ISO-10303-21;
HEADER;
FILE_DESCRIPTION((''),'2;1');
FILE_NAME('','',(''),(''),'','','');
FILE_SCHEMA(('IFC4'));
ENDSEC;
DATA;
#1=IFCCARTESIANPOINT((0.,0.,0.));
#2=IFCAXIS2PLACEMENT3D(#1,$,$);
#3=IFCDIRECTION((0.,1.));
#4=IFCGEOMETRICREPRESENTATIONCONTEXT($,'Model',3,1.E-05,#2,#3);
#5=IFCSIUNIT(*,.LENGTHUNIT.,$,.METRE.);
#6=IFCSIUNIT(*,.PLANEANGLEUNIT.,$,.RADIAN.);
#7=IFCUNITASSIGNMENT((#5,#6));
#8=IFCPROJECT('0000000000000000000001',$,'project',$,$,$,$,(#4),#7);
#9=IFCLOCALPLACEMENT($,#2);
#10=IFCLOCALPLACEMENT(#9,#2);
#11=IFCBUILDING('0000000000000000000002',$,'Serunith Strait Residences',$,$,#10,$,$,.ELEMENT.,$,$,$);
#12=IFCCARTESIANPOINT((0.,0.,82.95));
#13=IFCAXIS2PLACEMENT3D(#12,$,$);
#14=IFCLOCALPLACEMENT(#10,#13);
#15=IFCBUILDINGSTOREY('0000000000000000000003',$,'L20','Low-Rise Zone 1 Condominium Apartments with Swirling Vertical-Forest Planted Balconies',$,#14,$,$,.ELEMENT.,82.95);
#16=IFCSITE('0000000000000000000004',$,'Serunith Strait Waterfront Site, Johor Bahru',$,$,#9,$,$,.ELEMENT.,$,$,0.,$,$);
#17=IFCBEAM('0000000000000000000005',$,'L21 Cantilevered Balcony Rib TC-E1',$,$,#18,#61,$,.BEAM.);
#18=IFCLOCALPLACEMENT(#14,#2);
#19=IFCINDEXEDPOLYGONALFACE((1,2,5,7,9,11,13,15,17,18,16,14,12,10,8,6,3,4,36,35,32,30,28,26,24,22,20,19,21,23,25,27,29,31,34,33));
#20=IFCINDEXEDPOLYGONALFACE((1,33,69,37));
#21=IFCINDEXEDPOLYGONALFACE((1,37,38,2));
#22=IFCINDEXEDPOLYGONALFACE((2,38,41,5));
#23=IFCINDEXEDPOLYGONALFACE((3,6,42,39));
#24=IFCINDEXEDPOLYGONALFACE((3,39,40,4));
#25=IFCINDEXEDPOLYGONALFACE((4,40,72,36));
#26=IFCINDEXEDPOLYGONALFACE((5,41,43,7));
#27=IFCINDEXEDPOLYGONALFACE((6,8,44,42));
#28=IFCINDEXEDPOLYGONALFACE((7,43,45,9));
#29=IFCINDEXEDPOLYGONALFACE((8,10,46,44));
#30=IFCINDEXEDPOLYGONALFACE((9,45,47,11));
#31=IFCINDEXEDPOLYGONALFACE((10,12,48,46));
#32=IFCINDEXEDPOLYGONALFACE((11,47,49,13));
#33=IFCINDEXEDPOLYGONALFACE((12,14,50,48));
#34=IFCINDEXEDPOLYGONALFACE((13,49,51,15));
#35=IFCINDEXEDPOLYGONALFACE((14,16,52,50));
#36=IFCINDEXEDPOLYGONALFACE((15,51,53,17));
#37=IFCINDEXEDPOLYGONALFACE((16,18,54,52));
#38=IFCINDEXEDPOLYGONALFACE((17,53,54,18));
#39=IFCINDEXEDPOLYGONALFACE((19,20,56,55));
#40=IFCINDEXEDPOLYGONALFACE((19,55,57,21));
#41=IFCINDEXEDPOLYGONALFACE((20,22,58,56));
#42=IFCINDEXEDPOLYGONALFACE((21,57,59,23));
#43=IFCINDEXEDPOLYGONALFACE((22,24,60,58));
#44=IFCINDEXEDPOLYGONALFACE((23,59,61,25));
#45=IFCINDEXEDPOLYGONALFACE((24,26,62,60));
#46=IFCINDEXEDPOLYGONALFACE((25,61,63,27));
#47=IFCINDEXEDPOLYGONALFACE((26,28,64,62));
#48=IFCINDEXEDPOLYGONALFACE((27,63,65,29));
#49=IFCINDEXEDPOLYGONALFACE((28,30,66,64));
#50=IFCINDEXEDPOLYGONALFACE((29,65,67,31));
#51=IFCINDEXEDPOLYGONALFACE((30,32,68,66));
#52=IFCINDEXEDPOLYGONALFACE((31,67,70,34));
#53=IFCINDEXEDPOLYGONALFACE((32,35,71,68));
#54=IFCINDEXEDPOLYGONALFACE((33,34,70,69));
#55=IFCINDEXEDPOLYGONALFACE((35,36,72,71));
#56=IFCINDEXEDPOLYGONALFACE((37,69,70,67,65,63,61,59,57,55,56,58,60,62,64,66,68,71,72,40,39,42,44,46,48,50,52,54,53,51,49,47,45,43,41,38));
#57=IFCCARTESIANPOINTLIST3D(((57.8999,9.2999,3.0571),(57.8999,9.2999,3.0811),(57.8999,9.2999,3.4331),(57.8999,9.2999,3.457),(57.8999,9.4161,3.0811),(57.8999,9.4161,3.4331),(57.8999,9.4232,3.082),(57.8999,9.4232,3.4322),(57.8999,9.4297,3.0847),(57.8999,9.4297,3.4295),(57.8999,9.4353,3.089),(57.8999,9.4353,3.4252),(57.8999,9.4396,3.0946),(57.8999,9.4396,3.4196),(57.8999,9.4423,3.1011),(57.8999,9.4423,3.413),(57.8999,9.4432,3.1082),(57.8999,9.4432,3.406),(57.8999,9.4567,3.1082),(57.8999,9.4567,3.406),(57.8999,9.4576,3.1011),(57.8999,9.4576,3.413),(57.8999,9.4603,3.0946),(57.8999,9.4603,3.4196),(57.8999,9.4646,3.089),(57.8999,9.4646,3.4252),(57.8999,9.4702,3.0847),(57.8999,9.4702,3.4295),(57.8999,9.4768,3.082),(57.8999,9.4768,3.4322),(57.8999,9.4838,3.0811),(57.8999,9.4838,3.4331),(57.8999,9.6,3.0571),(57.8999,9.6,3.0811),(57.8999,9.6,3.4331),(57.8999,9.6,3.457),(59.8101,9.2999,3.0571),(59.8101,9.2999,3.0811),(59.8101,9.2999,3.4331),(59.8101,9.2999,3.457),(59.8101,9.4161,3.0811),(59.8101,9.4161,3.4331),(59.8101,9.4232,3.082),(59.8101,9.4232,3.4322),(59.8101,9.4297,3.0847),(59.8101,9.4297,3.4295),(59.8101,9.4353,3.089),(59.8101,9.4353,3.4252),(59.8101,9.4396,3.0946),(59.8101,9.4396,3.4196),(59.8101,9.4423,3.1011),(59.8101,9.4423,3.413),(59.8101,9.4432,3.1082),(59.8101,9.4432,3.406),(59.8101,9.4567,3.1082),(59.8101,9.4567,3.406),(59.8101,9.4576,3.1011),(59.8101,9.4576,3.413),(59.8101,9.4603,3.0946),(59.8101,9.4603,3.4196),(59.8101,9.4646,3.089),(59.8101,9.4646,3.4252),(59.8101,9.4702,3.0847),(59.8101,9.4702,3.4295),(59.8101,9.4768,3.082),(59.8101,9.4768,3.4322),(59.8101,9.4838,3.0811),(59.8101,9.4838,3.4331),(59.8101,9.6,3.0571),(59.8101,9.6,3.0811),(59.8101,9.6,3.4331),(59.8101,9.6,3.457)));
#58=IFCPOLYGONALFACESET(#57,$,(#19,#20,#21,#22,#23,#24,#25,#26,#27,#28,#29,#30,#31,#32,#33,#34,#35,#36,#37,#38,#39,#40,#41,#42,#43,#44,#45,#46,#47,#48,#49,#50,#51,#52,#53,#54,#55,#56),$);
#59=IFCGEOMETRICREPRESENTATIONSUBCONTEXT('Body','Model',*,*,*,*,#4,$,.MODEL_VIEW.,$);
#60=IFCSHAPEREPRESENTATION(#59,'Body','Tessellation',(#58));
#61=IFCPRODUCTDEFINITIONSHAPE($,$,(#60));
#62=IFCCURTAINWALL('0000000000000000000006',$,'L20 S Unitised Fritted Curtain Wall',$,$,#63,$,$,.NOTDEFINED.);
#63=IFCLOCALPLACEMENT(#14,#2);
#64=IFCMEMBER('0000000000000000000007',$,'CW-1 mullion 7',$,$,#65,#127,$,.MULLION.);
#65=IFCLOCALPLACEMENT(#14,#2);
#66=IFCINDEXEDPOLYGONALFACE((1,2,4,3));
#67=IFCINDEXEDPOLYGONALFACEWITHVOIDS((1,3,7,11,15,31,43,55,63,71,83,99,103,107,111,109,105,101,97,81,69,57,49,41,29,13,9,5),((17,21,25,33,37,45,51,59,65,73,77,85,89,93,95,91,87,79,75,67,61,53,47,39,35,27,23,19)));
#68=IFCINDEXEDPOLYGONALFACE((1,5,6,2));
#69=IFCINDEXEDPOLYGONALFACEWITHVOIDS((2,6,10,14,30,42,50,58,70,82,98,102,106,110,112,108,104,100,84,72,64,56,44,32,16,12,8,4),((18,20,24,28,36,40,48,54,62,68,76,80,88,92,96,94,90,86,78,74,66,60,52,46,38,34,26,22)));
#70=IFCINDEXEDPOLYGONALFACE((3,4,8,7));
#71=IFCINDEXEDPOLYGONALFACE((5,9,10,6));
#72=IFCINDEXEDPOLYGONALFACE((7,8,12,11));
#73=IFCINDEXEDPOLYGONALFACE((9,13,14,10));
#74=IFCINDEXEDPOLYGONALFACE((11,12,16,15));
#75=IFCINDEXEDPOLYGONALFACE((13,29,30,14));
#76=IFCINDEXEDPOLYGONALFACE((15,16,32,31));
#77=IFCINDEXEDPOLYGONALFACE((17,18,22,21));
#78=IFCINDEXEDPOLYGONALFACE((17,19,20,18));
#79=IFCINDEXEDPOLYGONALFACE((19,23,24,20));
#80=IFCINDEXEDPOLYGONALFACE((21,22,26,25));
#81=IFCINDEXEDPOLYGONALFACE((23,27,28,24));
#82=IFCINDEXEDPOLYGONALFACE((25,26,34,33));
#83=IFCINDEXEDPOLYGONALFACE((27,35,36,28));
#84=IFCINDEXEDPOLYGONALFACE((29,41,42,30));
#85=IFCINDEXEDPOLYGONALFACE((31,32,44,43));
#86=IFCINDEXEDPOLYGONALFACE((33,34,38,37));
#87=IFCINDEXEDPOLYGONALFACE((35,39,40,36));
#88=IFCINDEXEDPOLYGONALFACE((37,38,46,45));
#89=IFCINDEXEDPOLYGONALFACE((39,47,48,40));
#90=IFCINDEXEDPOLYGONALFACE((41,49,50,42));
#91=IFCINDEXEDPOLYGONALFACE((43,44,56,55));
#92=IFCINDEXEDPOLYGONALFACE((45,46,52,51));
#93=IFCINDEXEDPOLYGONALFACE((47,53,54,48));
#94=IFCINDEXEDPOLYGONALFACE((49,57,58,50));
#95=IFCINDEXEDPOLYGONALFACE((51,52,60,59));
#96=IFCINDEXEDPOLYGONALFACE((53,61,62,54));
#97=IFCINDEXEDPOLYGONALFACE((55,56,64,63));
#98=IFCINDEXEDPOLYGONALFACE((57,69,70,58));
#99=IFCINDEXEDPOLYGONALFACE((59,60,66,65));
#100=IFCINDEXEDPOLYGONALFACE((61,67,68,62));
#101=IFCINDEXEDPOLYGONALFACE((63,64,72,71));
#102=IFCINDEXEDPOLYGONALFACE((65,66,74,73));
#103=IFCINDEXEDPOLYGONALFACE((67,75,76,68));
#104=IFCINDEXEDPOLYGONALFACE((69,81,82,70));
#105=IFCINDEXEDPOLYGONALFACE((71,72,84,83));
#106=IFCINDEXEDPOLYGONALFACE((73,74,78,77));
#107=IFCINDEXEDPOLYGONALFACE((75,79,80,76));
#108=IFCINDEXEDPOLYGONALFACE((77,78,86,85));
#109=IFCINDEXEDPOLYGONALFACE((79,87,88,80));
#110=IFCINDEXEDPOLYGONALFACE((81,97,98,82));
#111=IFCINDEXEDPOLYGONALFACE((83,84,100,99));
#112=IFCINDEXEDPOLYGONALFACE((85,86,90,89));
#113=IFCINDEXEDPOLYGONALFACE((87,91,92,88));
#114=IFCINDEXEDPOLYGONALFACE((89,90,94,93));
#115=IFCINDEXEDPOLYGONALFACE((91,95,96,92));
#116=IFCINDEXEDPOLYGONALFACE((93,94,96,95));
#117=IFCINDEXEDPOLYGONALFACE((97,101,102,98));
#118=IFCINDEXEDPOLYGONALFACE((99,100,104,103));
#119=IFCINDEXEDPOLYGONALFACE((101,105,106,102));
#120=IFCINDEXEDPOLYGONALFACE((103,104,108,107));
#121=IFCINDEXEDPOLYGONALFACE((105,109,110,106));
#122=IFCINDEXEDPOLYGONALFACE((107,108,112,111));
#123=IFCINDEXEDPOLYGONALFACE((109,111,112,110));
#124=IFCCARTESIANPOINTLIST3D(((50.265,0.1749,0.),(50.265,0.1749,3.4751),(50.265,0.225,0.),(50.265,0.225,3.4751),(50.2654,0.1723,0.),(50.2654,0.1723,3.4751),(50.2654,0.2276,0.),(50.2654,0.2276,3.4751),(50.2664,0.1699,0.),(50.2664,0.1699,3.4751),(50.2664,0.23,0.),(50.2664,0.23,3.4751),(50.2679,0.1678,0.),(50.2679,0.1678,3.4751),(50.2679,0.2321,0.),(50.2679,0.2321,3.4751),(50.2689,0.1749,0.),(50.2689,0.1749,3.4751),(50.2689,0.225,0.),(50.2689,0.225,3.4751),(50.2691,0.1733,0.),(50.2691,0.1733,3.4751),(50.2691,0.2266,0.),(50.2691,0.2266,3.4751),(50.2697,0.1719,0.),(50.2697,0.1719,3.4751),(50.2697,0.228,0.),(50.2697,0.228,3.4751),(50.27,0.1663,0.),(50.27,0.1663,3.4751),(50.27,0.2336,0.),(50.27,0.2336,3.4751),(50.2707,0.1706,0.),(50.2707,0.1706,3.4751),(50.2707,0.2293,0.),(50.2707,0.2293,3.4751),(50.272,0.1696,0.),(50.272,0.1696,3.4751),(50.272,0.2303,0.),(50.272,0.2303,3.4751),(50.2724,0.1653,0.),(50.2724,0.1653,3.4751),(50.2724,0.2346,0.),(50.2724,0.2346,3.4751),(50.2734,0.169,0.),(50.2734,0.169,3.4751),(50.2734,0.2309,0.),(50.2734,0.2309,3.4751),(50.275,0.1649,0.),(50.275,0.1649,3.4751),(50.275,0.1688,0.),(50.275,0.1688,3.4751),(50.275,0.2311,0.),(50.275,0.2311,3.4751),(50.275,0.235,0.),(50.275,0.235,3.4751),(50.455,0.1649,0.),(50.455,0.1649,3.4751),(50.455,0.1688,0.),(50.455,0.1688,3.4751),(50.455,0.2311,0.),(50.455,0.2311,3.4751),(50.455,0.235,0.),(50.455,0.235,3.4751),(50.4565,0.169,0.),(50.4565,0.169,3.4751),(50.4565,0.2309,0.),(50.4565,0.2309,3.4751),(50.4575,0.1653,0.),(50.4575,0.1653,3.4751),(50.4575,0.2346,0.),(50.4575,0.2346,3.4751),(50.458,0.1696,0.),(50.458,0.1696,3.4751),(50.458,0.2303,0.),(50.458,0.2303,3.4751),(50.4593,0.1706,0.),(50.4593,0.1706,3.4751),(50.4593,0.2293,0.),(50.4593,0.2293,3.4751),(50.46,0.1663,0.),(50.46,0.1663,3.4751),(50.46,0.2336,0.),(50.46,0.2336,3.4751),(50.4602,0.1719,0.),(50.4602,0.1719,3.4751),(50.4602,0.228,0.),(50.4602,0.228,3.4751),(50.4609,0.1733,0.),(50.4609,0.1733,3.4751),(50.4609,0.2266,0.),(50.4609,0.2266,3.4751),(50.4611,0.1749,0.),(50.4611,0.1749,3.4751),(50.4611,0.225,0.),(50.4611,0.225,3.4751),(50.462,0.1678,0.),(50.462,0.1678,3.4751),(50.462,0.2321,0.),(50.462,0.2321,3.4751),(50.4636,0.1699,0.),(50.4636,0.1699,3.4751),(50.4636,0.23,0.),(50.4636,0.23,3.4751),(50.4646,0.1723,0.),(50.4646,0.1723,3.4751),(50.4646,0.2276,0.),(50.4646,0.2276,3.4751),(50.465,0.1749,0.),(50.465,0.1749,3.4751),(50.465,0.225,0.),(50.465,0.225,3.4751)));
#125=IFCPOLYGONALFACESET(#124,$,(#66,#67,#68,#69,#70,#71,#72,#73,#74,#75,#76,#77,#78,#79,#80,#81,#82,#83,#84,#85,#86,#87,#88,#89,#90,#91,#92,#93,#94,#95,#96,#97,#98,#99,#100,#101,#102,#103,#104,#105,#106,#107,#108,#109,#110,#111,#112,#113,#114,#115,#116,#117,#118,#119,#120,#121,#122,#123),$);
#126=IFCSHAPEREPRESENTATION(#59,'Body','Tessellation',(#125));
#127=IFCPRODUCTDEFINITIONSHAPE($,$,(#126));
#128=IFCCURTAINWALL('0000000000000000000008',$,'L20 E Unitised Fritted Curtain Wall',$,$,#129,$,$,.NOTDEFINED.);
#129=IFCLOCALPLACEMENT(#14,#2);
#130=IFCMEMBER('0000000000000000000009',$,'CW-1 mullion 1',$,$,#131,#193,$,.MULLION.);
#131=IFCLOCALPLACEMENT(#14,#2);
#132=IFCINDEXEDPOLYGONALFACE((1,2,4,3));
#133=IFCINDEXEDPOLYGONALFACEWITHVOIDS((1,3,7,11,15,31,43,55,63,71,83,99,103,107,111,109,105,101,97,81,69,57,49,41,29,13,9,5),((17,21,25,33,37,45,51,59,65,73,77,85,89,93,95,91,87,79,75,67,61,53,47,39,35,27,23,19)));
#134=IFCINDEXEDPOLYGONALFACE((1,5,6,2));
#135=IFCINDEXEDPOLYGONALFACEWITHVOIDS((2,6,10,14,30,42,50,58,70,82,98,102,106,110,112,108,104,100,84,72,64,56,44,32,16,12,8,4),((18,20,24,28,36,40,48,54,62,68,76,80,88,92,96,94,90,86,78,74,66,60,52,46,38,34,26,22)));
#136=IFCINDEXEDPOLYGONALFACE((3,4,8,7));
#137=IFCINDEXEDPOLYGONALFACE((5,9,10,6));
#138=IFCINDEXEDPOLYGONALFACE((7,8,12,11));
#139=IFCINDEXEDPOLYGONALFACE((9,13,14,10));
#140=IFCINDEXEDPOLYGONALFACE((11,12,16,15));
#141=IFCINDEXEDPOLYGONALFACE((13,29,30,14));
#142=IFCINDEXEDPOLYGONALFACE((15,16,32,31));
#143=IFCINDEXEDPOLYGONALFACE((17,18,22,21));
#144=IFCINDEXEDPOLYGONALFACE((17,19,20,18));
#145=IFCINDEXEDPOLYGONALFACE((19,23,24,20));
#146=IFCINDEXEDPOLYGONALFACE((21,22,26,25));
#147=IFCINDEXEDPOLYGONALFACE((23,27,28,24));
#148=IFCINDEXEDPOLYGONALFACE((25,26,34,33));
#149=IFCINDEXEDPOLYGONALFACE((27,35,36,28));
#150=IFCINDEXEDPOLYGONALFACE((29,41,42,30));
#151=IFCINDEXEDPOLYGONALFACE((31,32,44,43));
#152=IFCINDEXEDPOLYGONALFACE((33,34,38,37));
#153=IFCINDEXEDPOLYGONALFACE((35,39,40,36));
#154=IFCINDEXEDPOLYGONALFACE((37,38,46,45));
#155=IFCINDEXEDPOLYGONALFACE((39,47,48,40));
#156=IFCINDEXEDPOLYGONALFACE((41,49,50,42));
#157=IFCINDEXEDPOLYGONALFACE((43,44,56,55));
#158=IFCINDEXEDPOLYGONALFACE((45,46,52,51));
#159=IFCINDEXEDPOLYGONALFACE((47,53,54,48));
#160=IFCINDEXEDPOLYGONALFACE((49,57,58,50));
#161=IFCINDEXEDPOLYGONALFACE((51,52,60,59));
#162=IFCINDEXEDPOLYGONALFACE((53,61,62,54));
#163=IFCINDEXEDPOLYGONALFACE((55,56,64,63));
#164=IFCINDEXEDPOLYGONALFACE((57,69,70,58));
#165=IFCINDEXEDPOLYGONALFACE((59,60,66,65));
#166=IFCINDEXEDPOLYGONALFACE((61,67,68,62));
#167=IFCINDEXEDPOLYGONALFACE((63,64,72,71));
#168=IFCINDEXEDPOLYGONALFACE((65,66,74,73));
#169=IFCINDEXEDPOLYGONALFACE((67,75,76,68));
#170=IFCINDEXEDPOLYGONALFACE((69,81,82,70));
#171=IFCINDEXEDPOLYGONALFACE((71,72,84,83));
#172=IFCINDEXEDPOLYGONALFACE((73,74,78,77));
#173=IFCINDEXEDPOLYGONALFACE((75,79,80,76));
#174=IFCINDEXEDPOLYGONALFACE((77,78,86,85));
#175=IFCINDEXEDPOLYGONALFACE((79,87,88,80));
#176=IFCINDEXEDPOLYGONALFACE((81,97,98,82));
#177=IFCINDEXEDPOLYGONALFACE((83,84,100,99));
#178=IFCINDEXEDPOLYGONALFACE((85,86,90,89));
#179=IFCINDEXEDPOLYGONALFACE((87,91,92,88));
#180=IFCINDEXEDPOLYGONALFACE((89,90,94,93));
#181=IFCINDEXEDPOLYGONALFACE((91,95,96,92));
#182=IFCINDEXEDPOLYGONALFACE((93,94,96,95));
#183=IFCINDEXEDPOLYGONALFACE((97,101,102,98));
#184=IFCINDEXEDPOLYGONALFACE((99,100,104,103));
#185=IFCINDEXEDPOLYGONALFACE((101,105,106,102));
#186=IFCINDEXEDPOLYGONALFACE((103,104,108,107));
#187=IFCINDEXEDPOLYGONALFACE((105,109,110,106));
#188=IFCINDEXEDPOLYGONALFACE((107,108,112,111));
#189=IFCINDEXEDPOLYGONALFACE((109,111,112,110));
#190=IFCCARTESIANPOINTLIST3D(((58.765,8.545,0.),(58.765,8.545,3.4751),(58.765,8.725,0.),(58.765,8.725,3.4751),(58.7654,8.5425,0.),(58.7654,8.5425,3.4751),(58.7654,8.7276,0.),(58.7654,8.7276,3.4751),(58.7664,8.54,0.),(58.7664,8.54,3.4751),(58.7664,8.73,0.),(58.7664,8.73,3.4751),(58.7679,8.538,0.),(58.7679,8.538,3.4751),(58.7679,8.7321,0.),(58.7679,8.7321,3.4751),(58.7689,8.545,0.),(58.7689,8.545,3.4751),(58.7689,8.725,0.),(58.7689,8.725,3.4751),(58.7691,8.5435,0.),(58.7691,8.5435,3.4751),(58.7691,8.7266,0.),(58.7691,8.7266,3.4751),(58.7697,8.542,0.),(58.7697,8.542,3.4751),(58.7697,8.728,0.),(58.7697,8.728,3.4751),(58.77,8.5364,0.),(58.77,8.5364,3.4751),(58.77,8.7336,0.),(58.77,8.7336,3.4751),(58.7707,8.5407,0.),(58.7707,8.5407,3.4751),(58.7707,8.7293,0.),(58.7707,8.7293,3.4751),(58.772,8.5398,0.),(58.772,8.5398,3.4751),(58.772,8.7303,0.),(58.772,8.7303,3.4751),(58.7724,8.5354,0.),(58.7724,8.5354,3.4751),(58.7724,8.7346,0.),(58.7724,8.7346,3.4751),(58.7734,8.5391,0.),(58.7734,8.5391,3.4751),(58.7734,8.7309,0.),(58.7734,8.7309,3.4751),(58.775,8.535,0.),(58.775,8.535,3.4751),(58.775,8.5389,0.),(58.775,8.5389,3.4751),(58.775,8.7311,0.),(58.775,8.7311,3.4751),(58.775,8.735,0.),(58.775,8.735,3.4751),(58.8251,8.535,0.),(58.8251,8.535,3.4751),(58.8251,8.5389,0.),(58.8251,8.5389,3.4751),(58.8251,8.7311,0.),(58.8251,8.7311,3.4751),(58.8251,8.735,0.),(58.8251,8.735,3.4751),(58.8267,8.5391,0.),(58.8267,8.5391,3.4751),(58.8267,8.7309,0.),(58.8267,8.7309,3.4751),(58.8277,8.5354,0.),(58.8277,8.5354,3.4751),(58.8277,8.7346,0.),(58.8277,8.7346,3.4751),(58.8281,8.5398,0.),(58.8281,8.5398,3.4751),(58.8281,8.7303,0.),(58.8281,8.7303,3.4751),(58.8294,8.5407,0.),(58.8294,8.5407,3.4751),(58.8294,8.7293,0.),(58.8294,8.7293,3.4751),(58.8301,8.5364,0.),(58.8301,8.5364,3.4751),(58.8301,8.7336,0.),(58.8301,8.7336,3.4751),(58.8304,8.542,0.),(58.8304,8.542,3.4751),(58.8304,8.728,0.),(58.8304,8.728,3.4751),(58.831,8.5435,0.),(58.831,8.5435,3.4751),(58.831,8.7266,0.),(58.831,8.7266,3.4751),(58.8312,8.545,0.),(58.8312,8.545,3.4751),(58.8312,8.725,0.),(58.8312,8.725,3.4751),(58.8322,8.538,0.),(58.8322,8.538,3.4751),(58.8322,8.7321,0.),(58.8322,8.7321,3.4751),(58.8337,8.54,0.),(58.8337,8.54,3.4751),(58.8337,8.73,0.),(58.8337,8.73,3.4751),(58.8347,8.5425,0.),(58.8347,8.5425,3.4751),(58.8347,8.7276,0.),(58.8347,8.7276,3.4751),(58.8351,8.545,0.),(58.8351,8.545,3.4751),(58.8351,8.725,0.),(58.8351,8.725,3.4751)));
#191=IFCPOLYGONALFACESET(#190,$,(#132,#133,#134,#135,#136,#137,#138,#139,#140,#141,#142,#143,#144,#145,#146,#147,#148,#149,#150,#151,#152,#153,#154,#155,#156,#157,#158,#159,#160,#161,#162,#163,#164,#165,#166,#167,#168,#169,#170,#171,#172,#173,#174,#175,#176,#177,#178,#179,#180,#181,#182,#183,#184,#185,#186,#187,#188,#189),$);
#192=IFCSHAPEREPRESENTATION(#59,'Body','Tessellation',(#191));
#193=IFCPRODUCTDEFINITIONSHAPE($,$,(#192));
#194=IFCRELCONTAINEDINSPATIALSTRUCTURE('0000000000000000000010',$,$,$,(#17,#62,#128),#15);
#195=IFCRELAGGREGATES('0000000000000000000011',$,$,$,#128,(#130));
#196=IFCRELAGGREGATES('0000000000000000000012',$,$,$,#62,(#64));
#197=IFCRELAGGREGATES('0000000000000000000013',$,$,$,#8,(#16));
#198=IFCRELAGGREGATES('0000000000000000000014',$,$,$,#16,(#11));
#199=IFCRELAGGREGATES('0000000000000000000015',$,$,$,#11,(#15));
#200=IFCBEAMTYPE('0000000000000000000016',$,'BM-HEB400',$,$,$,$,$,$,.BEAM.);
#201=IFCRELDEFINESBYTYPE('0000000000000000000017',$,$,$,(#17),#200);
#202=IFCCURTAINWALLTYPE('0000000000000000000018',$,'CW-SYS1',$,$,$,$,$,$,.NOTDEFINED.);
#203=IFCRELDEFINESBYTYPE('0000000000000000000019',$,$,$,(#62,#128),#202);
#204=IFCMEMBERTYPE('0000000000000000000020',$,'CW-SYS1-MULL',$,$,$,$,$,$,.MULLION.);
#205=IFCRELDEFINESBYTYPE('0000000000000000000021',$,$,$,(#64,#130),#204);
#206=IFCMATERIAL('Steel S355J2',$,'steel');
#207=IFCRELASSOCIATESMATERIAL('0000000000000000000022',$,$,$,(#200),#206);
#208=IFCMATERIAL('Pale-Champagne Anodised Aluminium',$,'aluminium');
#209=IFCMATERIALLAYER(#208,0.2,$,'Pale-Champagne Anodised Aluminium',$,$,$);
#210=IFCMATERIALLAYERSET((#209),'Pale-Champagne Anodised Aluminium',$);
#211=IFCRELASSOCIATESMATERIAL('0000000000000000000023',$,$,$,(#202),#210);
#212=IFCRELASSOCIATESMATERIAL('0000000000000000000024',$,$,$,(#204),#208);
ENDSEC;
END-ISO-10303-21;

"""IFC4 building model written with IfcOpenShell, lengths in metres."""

from ifc_helpers import new_model, si_unit, direction, frame, origin, origin_2d, place, context, subcontext, project, spatial, hollow_rectangle, i_section, extrude, source, transform, mapped, material, layer, layer_set, material_profile, profile_set, type_object, element, aggregate, save


model = new_model("IFC4")

# Units and contexts
model_context = context("Model", 3, precision=1e-05, world=origin(), true_north=direction((0.0, 1.0)))
body_context = subcontext(model_context, "Body", "Model", "MODEL_VIEW")
ifc_project = project(units=[si_unit("LENGTHUNIT", "METRE"), si_unit("PLANEANGLEUNIT", "RADIAN")], contexts=[model_context])

# Site, building, storey
site_placement = place(None, origin())
site = spatial("IfcSite", under=ifc_project, at=site_placement, Name="Serunith Strait Waterfront Site, Johor Bahru", CompositionType="ELEMENT", RefElevation=0.0)
building_placement = place(site_placement, origin())
building = spatial("IfcBuilding", under=site, at=building_placement, Name="Serunith Strait Residences", CompositionType="ELEMENT")
storey_placement = place(building_placement, frame((0.0, 0.0, 82.95)))
storey = spatial("IfcBuildingStorey", under=building, at=storey_placement, Name="L20", Description="Low-Rise Zone 1 Condominium Apartments with Swirling Vertical-Forest Planted Balconies", CompositionType="ELEMENT", Elevation=82.95)

# Beam
ifc_material_1 = material(Name="Steel S355J2", Category="steel")
ifc_material_profile_1 = material_profile(ifc_material_1, i_section(OverallWidth=0.3, OverallDepth=0.3999, WebThickness=0.0134, FlangeThickness=0.0239, FilletRadius=0.0271, at=origin_2d()), Name="HEB 400")
ifc_profile_set_1 = profile_set([ifc_material_profile_1], Name="Steel S355J2")
beam_type_1 = type_object("IfcBeamType", Name="BM-HEB400", PredefinedType="BEAM", material=ifc_profile_set_1)
shared_shape_1 = source(origin(), body_context, "Body", "SweptSolid", [
    extrude(i_section(OverallWidth=0.3, OverallDepth=0.3999, WebThickness=0.0134, FlangeThickness=0.0239, FilletRadius=0.0271, at=origin_2d()), origin(), (0.0, 0.0, 1.0), 1.9102),
])
for number, where, z_axis, x_axis, name in (
    (1, (57.8999, 9.45, 3.2571), (1.0, 0.0, 0.0), (0.0, 1.0, 0.0), "L21 Cantilevered Balcony Rib TC-E1"),
):
    element("IfcBeam", number, at=place(storey_placement, frame(where, z_axis=z_axis, x_axis=x_axis)), inside=storey, type_object=beam_type_1, Name=name, PredefinedType="BEAM", context=body_context, shape_type="MappedRepresentation", body=[
        mapped(shared_shape_1, transform((0.0, 0.0, 0.0), scale=1.0)),
    ])

# Curtain walls, members
ifc_material_2 = material(Name="Pale-Champagne Anodised Aluminium", Category="aluminium")
ifc_layer_1 = layer(ifc_material_2, 0.2, Name="Pale-Champagne Anodised Aluminium")
ifc_layer_set_1 = layer_set([ifc_layer_1], Name="Pale-Champagne Anodised Aluminium")
curtain_wall_type = type_object("IfcCurtainWallType", Name="CW-SYS1", PredefinedType="NOTDEFINED", material=ifc_layer_set_1)
curtain_wall_1_placement = place(storey_placement, origin())
curtain_wall_1 = element("IfcCurtainWall", 2, at=curtain_wall_1_placement, inside=storey, type_object=curtain_wall_type, Name="L20 S Unitised Fritted Curtain Wall", PredefinedType="NOTDEFINED")
ifc_material_profile_2 = material_profile(ifc_material_2, hollow_rectangle(XDim=0.0701, YDim=0.2, WallThickness=0.0039, InnerFilletRadius=0.0061, OuterFilletRadius=0.01, at=origin_2d()), Name="ALU 200x70x4")
ifc_profile_set_2 = profile_set([ifc_material_profile_2], Name="Pale-Champagne Anodised Aluminium")
member_type_1 = type_object("IfcMemberType", Name="CW-SYS1-MULL", PredefinedType="MULLION", material=ifc_profile_set_2)
shared_shape_2 = source(origin(), body_context, "Body", "SweptSolid", [
    extrude(hollow_rectangle(XDim=0.0701, YDim=0.2, WallThickness=0.0039, InnerFilletRadius=0.0061, OuterFilletRadius=0.01, at=origin_2d()), origin(), (0.0, 0.0, 1.0), 3.4751),
])
member_1_placement = place(storey_placement, frame((50.365, 0.2, 0.0), z_axis=(0.0, 0.0, 1.0), x_axis=(0.0, 1.0, 0.0)))
member_1 = element("IfcMember", 3, at=member_1_placement, type_object=member_type_1, Name="CW-1 mullion 7", PredefinedType="MULLION", context=body_context, shape_type="MappedRepresentation", body=[
    mapped(shared_shape_2, transform((0.0, 0.0, 0.0), scale=1.0)),
])
curtain_wall_2_placement = place(storey_placement, origin())
curtain_wall_2 = element("IfcCurtainWall", 4, at=curtain_wall_2_placement, inside=storey, type_object=curtain_wall_type, Name="L20 E Unitised Fritted Curtain Wall", PredefinedType="NOTDEFINED")
member_2_placement = place(storey_placement, frame((58.8, 8.635, 0.0), z_axis=(0.0, 0.0, 1.0), x_axis=(-1.0, 0.0, 0.0)))
member_2 = element("IfcMember", 5, at=member_2_placement, type_object=member_type_1, Name="CW-1 mullion 1", PredefinedType="MULLION", context=body_context, shape_type="MappedRepresentation", body=[
    mapped(shared_shape_2, transform((0.0, 0.0, 0.0), scale=1.0)),
])

aggregate(curtain_wall_2, [member_2])

aggregate(curtain_wall_1, [member_1])

save(model, "model.ifc")
